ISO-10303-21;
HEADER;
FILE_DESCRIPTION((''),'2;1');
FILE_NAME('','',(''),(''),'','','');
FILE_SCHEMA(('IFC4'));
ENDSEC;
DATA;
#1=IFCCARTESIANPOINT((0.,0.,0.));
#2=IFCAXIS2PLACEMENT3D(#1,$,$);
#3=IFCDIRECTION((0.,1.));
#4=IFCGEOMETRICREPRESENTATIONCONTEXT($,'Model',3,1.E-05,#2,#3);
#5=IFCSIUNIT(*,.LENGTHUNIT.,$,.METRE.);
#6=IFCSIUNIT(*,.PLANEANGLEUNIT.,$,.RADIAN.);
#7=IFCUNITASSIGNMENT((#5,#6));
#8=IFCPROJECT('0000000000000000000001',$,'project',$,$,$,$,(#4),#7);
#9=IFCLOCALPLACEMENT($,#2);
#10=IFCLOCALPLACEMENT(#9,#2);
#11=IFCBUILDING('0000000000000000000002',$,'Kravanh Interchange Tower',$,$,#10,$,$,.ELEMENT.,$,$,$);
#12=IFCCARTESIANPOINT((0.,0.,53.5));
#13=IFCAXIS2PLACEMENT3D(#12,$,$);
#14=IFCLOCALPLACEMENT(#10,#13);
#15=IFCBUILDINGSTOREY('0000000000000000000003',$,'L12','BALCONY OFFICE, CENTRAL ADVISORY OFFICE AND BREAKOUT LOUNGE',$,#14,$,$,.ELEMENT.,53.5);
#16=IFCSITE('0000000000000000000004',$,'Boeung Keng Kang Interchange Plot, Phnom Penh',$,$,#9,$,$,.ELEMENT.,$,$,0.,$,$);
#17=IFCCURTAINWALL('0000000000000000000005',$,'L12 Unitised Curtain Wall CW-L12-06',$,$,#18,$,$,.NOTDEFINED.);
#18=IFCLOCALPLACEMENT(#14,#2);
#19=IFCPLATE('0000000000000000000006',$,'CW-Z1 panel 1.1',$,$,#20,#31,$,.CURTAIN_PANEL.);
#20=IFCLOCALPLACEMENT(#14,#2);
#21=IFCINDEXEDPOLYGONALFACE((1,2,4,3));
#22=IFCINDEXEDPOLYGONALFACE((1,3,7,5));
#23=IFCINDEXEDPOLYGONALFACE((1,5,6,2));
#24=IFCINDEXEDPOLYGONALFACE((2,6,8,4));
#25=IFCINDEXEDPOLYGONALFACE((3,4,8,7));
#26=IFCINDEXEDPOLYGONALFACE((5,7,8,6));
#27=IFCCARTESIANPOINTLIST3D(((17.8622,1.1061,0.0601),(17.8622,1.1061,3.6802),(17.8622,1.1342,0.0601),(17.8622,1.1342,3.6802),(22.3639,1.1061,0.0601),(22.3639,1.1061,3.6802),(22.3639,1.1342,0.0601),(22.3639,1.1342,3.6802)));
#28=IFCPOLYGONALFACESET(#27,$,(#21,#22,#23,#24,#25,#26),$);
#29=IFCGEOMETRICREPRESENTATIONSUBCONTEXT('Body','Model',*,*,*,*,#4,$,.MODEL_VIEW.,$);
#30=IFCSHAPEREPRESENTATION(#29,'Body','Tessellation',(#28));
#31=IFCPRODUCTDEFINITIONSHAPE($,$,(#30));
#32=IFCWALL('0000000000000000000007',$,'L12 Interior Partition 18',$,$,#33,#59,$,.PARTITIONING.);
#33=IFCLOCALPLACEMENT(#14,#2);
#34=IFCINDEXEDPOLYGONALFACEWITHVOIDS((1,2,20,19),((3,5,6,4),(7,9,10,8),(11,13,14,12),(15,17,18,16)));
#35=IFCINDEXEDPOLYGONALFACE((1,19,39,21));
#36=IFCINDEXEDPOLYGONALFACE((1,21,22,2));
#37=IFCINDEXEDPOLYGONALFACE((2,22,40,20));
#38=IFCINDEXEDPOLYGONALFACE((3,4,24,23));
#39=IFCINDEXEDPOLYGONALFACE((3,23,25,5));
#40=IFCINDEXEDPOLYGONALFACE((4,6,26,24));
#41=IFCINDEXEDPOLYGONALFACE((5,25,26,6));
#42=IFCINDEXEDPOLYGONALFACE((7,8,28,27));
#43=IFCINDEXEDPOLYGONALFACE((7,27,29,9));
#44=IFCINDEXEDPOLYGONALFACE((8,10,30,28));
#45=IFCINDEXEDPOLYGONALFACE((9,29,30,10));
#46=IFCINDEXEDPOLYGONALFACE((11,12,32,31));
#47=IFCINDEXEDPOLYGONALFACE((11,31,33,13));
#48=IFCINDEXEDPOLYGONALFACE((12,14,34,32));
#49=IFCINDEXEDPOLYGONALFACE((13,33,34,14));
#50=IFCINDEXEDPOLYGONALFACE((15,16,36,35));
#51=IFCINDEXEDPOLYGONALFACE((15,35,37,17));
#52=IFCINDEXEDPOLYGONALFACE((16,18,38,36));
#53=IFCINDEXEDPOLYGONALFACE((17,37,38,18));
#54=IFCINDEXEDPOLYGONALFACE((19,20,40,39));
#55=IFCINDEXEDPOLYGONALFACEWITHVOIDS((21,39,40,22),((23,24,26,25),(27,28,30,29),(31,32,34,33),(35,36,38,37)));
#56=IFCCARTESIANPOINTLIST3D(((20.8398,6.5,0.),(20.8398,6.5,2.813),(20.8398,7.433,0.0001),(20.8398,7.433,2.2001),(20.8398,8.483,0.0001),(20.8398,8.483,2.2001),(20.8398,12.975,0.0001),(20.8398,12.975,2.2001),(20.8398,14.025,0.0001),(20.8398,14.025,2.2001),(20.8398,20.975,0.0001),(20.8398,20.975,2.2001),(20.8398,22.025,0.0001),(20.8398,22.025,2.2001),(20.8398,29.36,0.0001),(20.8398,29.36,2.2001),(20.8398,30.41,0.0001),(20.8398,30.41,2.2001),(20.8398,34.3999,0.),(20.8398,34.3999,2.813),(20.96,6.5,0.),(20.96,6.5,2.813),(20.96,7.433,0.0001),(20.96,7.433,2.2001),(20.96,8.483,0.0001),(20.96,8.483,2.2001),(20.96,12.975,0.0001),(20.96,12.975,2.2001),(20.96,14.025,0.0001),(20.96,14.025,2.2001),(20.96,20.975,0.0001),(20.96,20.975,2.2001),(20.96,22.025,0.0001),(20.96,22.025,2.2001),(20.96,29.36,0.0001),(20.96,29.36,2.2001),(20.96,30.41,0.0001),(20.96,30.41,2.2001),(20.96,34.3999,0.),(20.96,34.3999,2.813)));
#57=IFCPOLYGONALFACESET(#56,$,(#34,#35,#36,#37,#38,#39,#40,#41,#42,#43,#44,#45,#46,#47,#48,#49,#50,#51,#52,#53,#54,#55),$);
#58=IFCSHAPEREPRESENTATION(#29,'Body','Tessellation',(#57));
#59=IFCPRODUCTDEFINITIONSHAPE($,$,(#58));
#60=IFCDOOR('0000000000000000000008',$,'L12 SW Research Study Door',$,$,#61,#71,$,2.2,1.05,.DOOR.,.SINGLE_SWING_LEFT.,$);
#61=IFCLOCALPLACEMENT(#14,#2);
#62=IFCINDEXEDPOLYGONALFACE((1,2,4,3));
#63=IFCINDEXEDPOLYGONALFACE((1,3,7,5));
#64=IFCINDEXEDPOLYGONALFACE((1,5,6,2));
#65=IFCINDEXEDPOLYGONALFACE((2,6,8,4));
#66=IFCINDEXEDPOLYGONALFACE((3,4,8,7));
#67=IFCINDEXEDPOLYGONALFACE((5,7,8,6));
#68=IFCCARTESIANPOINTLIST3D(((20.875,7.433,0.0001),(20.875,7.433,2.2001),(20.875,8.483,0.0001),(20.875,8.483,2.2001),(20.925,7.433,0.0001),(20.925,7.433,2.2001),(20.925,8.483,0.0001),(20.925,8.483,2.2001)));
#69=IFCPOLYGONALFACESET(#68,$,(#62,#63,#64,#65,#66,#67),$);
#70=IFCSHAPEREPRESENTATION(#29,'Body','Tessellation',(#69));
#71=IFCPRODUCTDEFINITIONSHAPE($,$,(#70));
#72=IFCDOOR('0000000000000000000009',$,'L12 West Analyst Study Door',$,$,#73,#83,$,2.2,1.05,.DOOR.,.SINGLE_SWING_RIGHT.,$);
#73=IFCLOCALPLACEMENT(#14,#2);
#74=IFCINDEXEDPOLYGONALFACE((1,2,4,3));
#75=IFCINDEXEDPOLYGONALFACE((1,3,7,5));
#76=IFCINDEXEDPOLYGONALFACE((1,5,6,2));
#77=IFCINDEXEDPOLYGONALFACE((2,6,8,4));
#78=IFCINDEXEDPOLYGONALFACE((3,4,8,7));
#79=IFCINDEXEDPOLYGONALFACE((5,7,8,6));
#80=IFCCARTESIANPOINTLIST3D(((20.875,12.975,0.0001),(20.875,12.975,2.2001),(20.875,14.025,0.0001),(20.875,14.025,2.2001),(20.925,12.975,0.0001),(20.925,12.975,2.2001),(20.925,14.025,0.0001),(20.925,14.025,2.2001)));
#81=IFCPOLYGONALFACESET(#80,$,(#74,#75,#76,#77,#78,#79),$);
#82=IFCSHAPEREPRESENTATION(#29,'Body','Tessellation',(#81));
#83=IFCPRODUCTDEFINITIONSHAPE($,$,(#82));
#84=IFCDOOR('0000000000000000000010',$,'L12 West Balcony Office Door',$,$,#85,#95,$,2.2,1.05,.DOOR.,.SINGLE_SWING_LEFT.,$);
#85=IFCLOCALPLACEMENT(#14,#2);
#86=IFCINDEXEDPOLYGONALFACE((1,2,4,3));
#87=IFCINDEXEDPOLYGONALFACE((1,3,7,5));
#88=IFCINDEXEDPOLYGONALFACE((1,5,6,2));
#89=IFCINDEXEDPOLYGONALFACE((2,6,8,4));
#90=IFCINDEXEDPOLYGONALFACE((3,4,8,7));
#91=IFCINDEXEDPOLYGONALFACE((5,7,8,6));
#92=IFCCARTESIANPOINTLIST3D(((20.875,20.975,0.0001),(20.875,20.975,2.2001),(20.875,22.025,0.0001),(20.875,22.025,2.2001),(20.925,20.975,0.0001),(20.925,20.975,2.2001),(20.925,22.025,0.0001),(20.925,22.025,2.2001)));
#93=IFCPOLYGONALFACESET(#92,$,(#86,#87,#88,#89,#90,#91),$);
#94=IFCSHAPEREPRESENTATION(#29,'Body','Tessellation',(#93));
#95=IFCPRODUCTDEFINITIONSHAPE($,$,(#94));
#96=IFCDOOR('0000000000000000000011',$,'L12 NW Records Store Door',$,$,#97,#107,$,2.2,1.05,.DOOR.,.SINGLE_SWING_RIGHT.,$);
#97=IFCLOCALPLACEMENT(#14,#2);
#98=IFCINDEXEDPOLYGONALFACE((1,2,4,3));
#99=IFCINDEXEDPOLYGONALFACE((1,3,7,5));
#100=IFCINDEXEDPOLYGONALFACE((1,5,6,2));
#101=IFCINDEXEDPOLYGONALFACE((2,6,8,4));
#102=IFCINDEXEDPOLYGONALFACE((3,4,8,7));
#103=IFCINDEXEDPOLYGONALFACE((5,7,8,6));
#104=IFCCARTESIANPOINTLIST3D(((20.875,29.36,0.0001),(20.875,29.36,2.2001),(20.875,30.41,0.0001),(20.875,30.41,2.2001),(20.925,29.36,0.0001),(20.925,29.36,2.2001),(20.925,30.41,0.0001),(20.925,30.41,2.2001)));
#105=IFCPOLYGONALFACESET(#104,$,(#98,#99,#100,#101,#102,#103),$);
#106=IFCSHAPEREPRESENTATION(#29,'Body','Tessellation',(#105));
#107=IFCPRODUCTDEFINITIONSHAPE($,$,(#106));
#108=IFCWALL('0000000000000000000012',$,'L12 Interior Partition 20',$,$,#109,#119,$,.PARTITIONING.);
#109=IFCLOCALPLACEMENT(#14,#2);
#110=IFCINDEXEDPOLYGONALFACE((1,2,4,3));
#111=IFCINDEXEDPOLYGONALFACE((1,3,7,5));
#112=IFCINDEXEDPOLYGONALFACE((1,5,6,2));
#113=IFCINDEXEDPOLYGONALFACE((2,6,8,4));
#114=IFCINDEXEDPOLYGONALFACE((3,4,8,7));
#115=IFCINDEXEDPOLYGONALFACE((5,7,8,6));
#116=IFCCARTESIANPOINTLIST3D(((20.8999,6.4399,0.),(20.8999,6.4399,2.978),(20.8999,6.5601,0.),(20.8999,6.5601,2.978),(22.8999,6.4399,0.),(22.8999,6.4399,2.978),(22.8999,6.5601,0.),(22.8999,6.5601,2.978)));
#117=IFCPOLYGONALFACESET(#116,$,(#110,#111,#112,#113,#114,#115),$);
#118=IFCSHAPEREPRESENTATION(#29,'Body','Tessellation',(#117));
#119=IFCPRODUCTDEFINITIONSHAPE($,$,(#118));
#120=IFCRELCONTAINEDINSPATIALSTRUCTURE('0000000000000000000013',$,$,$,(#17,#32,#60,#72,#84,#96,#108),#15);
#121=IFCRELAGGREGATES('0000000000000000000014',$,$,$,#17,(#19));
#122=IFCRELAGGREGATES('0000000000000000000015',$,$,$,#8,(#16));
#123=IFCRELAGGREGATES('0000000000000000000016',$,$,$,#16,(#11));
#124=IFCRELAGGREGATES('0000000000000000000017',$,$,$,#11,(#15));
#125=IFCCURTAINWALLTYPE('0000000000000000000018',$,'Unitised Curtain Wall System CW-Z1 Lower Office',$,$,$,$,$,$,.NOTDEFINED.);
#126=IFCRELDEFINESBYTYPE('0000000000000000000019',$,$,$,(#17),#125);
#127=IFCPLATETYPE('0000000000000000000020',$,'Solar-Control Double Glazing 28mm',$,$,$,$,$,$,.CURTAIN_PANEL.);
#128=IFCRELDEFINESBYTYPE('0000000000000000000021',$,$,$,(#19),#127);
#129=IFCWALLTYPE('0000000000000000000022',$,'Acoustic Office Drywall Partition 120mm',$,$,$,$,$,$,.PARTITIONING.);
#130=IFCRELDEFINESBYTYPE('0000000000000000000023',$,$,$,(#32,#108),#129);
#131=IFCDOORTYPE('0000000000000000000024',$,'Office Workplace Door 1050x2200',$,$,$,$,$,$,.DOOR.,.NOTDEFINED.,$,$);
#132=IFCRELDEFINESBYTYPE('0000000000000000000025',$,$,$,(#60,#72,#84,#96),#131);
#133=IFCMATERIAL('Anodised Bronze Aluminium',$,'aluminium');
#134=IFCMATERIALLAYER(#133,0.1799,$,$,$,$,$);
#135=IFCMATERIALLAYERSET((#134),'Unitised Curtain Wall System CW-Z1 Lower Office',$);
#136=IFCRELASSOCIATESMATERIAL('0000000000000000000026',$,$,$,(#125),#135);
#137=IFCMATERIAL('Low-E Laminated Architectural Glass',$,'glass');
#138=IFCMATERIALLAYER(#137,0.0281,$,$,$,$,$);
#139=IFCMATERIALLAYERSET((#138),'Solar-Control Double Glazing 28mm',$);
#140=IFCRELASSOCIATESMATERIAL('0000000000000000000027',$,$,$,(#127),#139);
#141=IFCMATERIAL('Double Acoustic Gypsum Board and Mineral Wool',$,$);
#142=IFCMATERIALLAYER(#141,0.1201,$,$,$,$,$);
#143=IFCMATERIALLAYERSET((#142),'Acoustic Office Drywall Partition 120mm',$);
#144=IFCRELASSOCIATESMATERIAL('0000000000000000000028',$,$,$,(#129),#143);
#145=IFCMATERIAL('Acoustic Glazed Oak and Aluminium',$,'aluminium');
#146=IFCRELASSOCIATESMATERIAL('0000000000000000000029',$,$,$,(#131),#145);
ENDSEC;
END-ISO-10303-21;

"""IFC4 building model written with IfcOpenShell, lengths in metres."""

from ifc_helpers import new_model, si_unit, direction, frame, frame_2d, origin, origin_2d, place, context, subcontext, project, spatial, rectangle, extrude, material, layer, layer_set, type_object, element, fill, aggregate, save


model = new_model("IFC4")

# Units and contexts
model_context = context("Model", 3, precision=1e-05, world=origin(), true_north=direction((0.0, 1.0)))
body_context = subcontext(model_context, "Body", "Model", "MODEL_VIEW")
ifc_project = project(units=[si_unit("LENGTHUNIT", "METRE"), si_unit("PLANEANGLEUNIT", "RADIAN")], contexts=[model_context])

# Site, building, storey
site_placement = place(None, origin())
site = spatial("IfcSite", under=ifc_project, at=site_placement, Name="Boeung Keng Kang Interchange Plot, Phnom Penh", CompositionType="ELEMENT", RefElevation=0.0)
building_placement = place(site_placement, origin())
building = spatial("IfcBuilding", under=site, at=building_placement, Name="Kravanh Interchange Tower", CompositionType="ELEMENT")
storey_placement = place(building_placement, frame((0.0, 0.0, 53.5)))
storey = spatial("IfcBuildingStorey", under=building, at=storey_placement, Name="L12", Description="BALCONY OFFICE, CENTRAL ADVISORY OFFICE AND BREAKOUT LOUNGE", CompositionType="ELEMENT", Elevation=53.5)

# Curtain wall
ifc_material_1 = material(Name="Anodised Bronze Aluminium", Category="aluminium")
ifc_layer_1 = layer(ifc_material_1, 0.1799)
ifc_layer_set_1 = layer_set([ifc_layer_1], Name="Unitised Curtain Wall System CW-Z1 Lower Office")
curtain_wall_type = type_object("IfcCurtainWallType", Name="Unitised Curtain Wall System CW-Z1 Lower Office", PredefinedType="NOTDEFINED", material=ifc_layer_set_1)
curtain_wall_placement = place(storey_placement, origin())
curtain_wall = element("IfcCurtainWall", 1, at=curtain_wall_placement, inside=storey, type_object=curtain_wall_type, Name="L12 Unitised Curtain Wall CW-L12-06", PredefinedType="NOTDEFINED")

# Plate
ifc_material_2 = material(Name="Low-E Laminated Architectural Glass", Category="glass")
ifc_layer_2 = layer(ifc_material_2, 0.0281)
ifc_layer_set_2 = layer_set([ifc_layer_2], Name="Solar-Control Double Glazing 28mm")
plate_type = type_object("IfcPlateType", Name="Solar-Control Double Glazing 28mm", PredefinedType="CURTAIN_PANEL", material=ifc_layer_set_2)
plate_placement = place(storey_placement, frame((20.113, 1.1201, 0.0601), z_axis=(0.0, 0.0, 1.0), x_axis=(-1.0, 0.0, 0.0)))
plate = element("IfcPlate", 2, at=plate_placement, type_object=plate_type, Name="CW-Z1 panel 1.1", PredefinedType="CURTAIN_PANEL", context=body_context, shape_type="SweptSolid", body=[
    extrude(rectangle(XDim=4.5017, YDim=0.0281, at=origin_2d()), origin(), (0.0, 0.0, 1.0), 3.6201),
])
aggregate(curtain_wall, [plate])

# Wall, openings, doors
ifc_material_3 = material(Name="Double Acoustic Gypsum Board and Mineral Wool")
ifc_layer_3 = layer(ifc_material_3, 0.1201)
ifc_layer_set_3 = layer_set([ifc_layer_3], Name="Acoustic Office Drywall Partition 120mm")
wall_type = type_object("IfcWallType", Name="Acoustic Office Drywall Partition 120mm", PredefinedType="PARTITIONING", material=ifc_layer_set_3)
wall_1_placement = place(storey_placement, frame((20.8999, 6.5, 0.0), z_axis=(0.0, 0.0, 1.0), x_axis=(0.0, 1.0, 0.0)))
wall_1 = element("IfcWall", 3, at=wall_1_placement, inside=storey, type_object=wall_type, Name="L12 Interior Partition 18", PredefinedType="PARTITIONING", context=body_context, shape_type="SweptSolid", body=[
    extrude(rectangle(XDim=27.8999, YDim=0.1201, at=frame_2d((13.95, 0.0))), origin(), (0.0, 0.0, 1.0), 2.813),
])
opening_1_placement = place(wall_1_placement, frame((0.9331, 0.0, 0.0)))
opening_1 = element("IfcOpeningElement", 4, at=opening_1_placement, cuts=wall_1, PredefinedType="OPENING", context=body_context, shape_type="SweptSolid", body=[
    extrude(rectangle(XDim=1.05, YDim=2.2, at=frame_2d((0.5249, 1.1001))), frame((0.0, 0.0701, 0.0), z_axis=(0.0, -1.0, 0.0), x_axis=(1.0, 0.0, 0.0)), (0.0, 0.0, 1.0), 0.1401),
])
opening_2_placement = place(wall_1_placement, frame((6.4751, 0.0, 0.0)))
opening_2 = element("IfcOpeningElement", 5, at=opening_2_placement, cuts=wall_1, PredefinedType="OPENING", context=body_context, shape_type="SweptSolid", body=[
    extrude(rectangle(XDim=1.05, YDim=2.2, at=frame_2d((0.5249, 1.1001))), frame((0.0, 0.0701, 0.0), z_axis=(0.0, -1.0, 0.0), x_axis=(1.0, 0.0, 0.0)), (0.0, 0.0, 1.0), 0.1401),
])
opening_3_placement = place(wall_1_placement, frame((14.4751, 0.0, 0.0)))
opening_3 = element("IfcOpeningElement", 6, at=opening_3_placement, cuts=wall_1, PredefinedType="OPENING", context=body_context, shape_type="SweptSolid", body=[
    extrude(rectangle(XDim=1.05, YDim=2.2, at=frame_2d((0.5249, 1.1001))), frame((0.0, 0.0701, 0.0), z_axis=(0.0, -1.0, 0.0), x_axis=(1.0, 0.0, 0.0)), (0.0, 0.0, 1.0), 0.1401),
])
opening_4_placement = place(wall_1_placement, frame((22.8601, 0.0, 0.0)))
opening_4 = element("IfcOpeningElement", 7, at=opening_4_placement, cuts=wall_1, PredefinedType="OPENING", context=body_context, shape_type="SweptSolid", body=[
    extrude(rectangle(XDim=1.05, YDim=2.2, at=frame_2d((0.5249, 1.1001))), frame((0.0, 0.0701, 0.0), z_axis=(0.0, -1.0, 0.0), x_axis=(1.0, 0.0, 0.0)), (0.0, 0.0, 1.0), 0.1401),
])
ifc_material_4 = material(Name="Acoustic Glazed Oak and Aluminium", Category="aluminium")
door_type = type_object("IfcDoorType", Name="Office Workplace Door 1050x2200", OperationType="NOTDEFINED", PredefinedType="DOOR", material=ifc_material_4)
door_1_placement = place(opening_1_placement, origin())
door_1 = element("IfcDoor", 8, at=door_1_placement, inside=storey, type_object=door_type, Name="L12 SW Research Study Door", OperationType="SINGLE_SWING_LEFT", OverallHeight=2.2, OverallWidth=1.05, PredefinedType="DOOR", context=body_context, shape_type="SweptSolid", body=[
    extrude(rectangle(XDim=1.05, YDim=2.2, at=frame_2d((0.5249, 1.1001))), frame((0.0, 0.0249, 0.0), z_axis=(0.0, -1.0, 0.0), x_axis=(1.0, 0.0, 0.0)), (0.0, 0.0, 1.0), 0.05),
])
fill(opening_1, door_1)
door_2_placement = place(opening_2_placement, origin())
door_2 = element("IfcDoor", 9, at=door_2_placement, inside=storey, type_object=door_type, Name="L12 West Analyst Study Door", OperationType="SINGLE_SWING_RIGHT", OverallHeight=2.2, OverallWidth=1.05, PredefinedType="DOOR", context=body_context, shape_type="SweptSolid", body=[
    extrude(rectangle(XDim=1.05, YDim=2.2, at=frame_2d((0.5249, 1.1001))), frame((0.0, 0.0249, 0.0), z_axis=(0.0, -1.0, 0.0), x_axis=(1.0, 0.0, 0.0)), (0.0, 0.0, 1.0), 0.05),
])
fill(opening_2, door_2)
door_3_placement = place(opening_3_placement, origin())
door_3 = element("IfcDoor", 10, at=door_3_placement, inside=storey, type_object=door_type, Name="L12 West Balcony Office Door", OperationType="SINGLE_SWING_LEFT", OverallHeight=2.2, OverallWidth=1.05, PredefinedType="DOOR", context=body_context, shape_type="SweptSolid", body=[
    extrude(rectangle(XDim=1.05, YDim=2.2, at=frame_2d((0.5249, 1.1001))), frame((0.0, 0.0249, 0.0), z_axis=(0.0, -1.0, 0.0), x_axis=(1.0, 0.0, 0.0)), (0.0, 0.0, 1.0), 0.05),
])
fill(opening_3, door_3)
door_4_placement = place(opening_4_placement, origin())
door_4 = element("IfcDoor", 11, at=door_4_placement, inside=storey, type_object=door_type, Name="L12 NW Records Store Door", OperationType="SINGLE_SWING_RIGHT", OverallHeight=2.2, OverallWidth=1.05, PredefinedType="DOOR", context=body_context, shape_type="SweptSolid", body=[
    extrude(rectangle(XDim=1.05, YDim=2.2, at=frame_2d((0.5249, 1.1001))), frame((0.0, 0.0249, 0.0), z_axis=(0.0, -1.0, 0.0), x_axis=(1.0, 0.0, 0.0)), (0.0, 0.0, 1.0), 0.05),
])
fill(opening_4, door_4)

# Wall
wall_2_placement = place(storey_placement, frame((20.8999, 6.5, 0.0), z_axis=(0.0, 0.0, 1.0), x_axis=(1.0, 0.0, 0.0)))
element("IfcWall", 12, at=wall_2_placement, inside=storey, type_object=wall_type, Name="L12 Interior Partition 20", PredefinedType="PARTITIONING", context=body_context, shape_type="SweptSolid", body=[
    extrude(rectangle(XDim=2.0, YDim=0.1201, at=frame_2d((1.0, 0.0))), origin(), (0.0, 0.0, 1.0), 2.978),
])

save(model, "model.ifc")
